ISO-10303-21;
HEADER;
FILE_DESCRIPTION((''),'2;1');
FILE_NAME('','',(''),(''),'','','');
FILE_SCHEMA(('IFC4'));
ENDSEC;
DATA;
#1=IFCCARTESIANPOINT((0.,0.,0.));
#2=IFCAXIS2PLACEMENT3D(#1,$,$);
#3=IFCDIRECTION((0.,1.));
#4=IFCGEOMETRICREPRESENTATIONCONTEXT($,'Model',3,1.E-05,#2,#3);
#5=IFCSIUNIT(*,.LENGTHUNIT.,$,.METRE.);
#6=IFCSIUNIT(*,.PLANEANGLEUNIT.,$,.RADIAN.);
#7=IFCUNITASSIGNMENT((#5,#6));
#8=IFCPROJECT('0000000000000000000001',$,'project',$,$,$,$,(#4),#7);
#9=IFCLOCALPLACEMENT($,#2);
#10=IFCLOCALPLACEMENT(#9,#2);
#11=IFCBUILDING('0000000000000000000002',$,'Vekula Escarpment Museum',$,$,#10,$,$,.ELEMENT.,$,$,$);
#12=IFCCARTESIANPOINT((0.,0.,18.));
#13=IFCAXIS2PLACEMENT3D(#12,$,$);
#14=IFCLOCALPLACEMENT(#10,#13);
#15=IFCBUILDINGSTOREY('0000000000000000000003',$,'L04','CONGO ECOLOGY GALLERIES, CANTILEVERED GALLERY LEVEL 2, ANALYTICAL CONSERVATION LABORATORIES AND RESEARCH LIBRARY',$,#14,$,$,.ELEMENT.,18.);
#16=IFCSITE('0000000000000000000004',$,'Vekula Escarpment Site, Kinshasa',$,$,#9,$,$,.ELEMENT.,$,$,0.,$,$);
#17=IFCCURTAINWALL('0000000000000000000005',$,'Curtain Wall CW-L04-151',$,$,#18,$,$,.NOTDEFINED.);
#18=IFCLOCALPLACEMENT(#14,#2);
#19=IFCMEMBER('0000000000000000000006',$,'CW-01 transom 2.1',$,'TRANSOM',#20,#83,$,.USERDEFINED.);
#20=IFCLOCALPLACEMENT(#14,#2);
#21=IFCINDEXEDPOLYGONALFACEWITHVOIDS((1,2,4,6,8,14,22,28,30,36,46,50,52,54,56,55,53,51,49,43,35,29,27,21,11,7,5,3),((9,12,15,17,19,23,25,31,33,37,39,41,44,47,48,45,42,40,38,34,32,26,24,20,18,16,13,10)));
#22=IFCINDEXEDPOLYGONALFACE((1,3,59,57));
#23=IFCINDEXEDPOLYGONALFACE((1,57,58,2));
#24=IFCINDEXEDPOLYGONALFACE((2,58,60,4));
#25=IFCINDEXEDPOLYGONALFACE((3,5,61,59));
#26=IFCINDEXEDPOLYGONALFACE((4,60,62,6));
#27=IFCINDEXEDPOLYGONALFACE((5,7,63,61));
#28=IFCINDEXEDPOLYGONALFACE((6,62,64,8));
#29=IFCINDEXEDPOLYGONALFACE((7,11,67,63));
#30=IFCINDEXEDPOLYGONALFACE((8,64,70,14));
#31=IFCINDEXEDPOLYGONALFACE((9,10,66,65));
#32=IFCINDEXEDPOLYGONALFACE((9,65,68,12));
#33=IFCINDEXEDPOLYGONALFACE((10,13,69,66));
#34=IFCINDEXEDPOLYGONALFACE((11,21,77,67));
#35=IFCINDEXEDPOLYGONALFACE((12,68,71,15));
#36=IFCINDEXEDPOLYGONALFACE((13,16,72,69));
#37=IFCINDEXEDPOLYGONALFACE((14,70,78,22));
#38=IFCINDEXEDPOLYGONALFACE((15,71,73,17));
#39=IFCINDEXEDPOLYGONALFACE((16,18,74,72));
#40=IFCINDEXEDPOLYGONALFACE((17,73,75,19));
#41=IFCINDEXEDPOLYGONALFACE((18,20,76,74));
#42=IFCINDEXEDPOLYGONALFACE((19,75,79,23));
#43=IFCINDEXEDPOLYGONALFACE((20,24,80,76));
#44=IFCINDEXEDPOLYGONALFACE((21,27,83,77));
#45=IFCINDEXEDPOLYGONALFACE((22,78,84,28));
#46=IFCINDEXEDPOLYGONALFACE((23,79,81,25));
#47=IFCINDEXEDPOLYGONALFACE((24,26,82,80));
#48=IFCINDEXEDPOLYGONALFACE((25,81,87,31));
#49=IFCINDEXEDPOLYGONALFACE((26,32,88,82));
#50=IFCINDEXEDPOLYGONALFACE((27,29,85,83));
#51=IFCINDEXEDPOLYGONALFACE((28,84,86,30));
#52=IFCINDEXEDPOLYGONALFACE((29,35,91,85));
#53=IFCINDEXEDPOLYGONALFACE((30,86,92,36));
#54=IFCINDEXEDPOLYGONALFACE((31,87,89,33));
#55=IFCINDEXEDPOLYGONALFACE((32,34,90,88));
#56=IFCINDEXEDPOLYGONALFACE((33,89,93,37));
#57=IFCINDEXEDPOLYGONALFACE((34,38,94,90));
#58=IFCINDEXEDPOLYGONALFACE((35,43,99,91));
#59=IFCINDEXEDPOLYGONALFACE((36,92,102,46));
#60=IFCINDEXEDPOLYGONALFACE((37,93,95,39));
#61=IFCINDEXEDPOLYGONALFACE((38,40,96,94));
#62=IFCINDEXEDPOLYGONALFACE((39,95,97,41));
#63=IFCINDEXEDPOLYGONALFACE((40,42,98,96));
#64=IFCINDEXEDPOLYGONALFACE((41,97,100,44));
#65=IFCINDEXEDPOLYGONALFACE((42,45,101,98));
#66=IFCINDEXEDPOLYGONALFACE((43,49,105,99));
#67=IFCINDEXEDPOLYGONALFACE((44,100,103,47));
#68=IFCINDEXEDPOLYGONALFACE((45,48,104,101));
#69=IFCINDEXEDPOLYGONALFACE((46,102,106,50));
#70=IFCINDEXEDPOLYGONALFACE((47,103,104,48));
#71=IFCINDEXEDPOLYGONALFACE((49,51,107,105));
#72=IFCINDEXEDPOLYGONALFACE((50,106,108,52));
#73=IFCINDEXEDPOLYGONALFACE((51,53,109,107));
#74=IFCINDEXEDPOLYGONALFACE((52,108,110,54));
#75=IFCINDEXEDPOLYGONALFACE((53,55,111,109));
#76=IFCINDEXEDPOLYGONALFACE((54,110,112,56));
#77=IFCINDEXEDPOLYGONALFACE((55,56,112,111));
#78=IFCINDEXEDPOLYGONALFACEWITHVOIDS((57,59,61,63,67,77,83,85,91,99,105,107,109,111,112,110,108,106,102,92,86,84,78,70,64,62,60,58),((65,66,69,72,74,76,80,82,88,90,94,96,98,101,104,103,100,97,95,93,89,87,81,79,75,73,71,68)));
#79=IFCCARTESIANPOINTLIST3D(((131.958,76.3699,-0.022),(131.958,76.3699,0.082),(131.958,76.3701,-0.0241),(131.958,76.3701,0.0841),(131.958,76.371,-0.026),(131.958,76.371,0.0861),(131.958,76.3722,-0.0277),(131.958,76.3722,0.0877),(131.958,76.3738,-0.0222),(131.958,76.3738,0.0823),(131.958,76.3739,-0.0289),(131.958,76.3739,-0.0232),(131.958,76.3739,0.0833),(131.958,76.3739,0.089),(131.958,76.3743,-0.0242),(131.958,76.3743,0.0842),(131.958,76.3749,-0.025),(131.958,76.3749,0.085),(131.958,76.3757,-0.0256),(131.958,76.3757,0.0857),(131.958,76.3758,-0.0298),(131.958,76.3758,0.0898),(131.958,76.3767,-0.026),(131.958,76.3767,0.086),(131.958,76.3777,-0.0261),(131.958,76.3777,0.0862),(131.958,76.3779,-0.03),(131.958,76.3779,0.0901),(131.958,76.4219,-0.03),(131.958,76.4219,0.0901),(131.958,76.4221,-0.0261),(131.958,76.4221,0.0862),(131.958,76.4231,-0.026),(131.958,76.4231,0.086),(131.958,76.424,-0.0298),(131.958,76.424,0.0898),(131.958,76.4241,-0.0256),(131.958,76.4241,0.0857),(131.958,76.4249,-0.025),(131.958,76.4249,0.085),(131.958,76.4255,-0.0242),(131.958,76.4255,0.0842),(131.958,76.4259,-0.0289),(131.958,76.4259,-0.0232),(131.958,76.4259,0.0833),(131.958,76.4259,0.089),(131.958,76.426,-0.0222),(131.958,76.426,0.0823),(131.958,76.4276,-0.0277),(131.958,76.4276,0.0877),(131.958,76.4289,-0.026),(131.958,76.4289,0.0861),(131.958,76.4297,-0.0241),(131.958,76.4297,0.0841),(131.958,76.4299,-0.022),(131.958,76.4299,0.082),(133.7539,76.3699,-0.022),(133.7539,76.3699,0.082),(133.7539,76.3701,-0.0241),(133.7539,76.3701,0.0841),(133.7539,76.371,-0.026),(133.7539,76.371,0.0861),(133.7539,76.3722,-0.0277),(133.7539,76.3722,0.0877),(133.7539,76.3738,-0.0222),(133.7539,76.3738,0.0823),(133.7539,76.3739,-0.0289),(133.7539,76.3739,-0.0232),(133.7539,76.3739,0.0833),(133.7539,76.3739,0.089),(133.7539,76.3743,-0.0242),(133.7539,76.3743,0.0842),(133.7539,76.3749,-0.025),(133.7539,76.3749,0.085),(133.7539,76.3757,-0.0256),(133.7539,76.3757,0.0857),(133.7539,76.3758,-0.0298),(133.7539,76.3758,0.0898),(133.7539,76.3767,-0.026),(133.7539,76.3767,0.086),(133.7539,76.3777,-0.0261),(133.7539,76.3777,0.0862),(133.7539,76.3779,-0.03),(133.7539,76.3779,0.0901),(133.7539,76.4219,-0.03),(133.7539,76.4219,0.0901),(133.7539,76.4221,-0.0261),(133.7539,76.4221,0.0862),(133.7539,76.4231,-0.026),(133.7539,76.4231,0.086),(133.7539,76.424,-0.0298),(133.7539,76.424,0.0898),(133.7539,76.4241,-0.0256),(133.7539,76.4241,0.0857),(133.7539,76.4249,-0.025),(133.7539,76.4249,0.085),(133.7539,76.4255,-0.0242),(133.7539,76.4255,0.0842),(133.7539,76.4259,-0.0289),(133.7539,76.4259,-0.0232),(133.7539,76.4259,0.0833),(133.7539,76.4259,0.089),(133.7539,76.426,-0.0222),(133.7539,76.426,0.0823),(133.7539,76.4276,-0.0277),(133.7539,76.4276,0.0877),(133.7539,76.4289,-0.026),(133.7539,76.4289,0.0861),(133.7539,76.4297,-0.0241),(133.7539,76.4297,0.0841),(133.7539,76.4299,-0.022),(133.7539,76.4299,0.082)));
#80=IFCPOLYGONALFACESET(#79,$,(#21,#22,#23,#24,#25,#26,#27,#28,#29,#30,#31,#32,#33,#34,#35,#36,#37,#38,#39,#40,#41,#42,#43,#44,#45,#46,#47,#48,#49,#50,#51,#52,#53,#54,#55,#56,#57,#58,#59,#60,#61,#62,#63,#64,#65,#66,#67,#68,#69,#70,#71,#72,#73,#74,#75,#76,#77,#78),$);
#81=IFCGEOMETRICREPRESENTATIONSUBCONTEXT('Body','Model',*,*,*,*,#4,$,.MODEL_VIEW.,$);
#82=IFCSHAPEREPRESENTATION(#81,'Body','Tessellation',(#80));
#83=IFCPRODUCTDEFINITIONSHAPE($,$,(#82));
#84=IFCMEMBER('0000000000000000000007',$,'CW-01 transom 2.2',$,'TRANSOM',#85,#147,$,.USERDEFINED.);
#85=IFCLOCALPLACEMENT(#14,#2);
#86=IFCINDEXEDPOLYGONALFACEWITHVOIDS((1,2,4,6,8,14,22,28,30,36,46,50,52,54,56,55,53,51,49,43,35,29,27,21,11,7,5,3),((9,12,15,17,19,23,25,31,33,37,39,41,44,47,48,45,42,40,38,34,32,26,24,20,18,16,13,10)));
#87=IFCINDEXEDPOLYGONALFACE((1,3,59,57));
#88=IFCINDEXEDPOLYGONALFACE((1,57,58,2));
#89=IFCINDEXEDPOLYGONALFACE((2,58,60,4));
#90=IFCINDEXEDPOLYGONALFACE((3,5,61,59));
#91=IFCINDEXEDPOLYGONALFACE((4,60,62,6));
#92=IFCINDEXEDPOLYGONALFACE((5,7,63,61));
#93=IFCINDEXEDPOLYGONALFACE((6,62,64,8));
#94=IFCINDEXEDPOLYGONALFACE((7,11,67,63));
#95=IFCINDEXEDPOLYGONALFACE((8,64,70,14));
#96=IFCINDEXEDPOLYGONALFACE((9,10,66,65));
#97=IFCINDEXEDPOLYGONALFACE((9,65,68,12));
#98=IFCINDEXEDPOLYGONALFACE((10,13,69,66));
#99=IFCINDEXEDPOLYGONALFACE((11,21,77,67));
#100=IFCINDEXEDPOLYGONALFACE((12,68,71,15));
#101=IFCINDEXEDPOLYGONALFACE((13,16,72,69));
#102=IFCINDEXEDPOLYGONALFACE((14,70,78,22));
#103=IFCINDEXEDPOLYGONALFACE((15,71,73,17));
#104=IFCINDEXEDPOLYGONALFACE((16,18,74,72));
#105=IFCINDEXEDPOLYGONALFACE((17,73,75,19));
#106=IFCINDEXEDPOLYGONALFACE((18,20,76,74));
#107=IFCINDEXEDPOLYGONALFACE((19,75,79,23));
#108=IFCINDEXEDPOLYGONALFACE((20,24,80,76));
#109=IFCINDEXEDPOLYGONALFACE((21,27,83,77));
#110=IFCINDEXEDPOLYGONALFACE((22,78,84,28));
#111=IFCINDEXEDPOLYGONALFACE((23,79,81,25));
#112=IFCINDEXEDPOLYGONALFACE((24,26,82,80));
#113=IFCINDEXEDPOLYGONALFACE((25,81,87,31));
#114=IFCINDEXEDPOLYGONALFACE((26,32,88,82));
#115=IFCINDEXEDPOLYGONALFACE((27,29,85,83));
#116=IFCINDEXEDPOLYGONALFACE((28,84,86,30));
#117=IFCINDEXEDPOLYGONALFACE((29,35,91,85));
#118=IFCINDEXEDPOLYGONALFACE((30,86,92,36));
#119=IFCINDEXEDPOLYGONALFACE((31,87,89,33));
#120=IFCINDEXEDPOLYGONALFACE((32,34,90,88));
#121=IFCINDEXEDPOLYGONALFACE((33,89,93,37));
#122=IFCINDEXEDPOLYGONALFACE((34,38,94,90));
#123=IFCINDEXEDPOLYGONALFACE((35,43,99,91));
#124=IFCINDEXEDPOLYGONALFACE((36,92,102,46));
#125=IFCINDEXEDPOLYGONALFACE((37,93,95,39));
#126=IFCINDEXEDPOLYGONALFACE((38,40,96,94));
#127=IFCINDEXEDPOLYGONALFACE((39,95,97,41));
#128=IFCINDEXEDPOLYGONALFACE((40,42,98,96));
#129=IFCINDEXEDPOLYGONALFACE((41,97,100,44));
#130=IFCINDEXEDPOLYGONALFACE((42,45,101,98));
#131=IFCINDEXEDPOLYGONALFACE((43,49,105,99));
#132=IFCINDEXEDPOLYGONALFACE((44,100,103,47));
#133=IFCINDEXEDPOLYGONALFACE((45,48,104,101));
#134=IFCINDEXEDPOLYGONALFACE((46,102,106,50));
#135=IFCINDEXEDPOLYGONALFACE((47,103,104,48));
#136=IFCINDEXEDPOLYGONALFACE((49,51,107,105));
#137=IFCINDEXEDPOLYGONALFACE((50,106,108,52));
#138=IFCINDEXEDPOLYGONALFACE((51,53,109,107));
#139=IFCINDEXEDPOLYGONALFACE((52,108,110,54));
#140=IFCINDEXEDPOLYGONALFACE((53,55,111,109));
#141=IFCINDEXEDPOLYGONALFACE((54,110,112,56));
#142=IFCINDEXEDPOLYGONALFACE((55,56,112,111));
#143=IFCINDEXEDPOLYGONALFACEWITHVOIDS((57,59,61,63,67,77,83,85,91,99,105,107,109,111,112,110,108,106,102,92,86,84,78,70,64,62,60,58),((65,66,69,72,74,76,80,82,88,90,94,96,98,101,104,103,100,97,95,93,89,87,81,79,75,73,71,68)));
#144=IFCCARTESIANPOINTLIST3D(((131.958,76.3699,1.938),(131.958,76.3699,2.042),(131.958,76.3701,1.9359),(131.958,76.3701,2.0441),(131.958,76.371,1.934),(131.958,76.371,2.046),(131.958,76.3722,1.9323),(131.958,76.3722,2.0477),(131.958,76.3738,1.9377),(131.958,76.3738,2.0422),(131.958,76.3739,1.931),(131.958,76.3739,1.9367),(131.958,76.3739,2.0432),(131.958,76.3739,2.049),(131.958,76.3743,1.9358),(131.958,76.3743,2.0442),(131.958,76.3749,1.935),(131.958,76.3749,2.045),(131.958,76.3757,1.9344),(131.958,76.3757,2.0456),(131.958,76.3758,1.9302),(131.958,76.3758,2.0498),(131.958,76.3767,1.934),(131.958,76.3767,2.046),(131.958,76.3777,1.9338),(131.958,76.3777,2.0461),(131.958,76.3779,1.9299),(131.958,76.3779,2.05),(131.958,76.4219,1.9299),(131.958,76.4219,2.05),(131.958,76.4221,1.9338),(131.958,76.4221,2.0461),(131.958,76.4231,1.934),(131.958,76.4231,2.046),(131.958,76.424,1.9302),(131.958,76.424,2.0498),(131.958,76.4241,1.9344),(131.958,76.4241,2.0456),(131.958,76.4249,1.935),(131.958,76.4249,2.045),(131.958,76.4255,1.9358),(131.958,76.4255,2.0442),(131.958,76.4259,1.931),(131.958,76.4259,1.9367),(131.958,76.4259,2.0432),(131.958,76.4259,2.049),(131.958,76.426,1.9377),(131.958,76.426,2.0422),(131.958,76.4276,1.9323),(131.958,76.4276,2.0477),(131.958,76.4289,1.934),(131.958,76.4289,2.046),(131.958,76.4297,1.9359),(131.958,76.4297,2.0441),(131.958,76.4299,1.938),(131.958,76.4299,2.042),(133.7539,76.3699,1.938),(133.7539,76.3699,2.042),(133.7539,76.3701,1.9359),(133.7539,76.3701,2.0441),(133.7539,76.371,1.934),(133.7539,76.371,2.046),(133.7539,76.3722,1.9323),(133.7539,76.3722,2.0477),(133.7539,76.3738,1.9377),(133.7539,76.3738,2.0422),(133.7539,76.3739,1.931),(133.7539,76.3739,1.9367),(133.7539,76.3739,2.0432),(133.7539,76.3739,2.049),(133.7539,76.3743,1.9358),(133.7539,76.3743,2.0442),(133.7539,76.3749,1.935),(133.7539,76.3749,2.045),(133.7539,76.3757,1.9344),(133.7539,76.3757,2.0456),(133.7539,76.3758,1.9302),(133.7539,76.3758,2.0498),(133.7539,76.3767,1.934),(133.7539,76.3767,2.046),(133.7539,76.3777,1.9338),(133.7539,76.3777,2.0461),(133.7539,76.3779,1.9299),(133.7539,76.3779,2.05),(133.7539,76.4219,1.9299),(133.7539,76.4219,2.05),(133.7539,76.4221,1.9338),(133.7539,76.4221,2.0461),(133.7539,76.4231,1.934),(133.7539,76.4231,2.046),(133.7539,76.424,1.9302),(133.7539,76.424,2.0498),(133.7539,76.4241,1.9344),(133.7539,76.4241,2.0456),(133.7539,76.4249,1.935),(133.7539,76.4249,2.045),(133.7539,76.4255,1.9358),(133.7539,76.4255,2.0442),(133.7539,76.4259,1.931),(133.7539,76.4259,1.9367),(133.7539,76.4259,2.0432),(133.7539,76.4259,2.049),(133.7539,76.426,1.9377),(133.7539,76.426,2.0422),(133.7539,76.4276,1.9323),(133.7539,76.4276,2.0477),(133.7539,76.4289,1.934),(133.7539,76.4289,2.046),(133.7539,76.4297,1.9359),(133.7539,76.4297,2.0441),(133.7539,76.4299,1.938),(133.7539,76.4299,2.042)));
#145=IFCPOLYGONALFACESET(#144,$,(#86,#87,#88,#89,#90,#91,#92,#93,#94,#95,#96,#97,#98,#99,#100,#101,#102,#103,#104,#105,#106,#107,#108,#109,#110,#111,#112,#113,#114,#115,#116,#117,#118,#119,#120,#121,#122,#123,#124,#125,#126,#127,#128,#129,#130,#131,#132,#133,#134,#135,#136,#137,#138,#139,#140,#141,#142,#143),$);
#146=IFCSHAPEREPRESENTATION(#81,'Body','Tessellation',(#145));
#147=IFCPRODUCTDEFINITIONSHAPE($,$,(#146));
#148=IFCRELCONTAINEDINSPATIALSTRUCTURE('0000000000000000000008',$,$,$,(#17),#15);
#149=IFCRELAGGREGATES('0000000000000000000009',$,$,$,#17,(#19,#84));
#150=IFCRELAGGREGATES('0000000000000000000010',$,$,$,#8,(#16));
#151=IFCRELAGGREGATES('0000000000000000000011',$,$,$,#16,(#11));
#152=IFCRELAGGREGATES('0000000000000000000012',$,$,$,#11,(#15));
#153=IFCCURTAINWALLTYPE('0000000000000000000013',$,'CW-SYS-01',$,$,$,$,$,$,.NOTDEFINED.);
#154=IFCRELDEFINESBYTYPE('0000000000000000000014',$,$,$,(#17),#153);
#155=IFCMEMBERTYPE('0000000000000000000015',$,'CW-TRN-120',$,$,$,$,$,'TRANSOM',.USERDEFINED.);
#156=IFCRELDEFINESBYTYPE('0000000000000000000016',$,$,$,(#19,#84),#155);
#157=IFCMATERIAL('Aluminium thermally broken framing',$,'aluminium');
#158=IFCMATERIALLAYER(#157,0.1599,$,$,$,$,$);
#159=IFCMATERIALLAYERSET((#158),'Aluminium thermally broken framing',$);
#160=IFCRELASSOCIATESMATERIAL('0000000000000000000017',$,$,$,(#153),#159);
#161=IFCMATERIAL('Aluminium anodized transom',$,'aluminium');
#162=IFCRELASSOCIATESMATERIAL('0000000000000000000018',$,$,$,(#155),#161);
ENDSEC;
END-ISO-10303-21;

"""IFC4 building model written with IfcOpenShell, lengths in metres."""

from ifc_helpers import new_model, si_unit, direction, frame, origin, origin_2d, place, context, subcontext, project, spatial, hollow_rectangle, extrude, material, layer, layer_set, material_profile, profile_set, type_object, element, aggregate, save


model = new_model("IFC4")

# Units and contexts
model_context = context("Model", 3, precision=1e-05, world=origin(), true_north=direction((0.0, 1.0)))
body_context = subcontext(model_context, "Body", "Model", "MODEL_VIEW")
ifc_project = project(units=[si_unit("LENGTHUNIT", "METRE"), si_unit("PLANEANGLEUNIT", "RADIAN")], contexts=[model_context])

# Site, building, storey
site_placement = place(None, origin())
site = spatial("IfcSite", under=ifc_project, at=site_placement, Name="Vekula Escarpment Site, Kinshasa", CompositionType="ELEMENT", RefElevation=0.0)
building_placement = place(site_placement, origin())
building = spatial("IfcBuilding", under=site, at=building_placement, Name="Vekula Escarpment Museum", CompositionType="ELEMENT")
storey_placement = place(building_placement, frame((0.0, 0.0, 18.0)))
storey = spatial("IfcBuildingStorey", under=building, at=storey_placement, Name="L04", Description="CONGO ECOLOGY GALLERIES, CANTILEVERED GALLERY LEVEL 2, ANALYTICAL CONSERVATION LABORATORIES AND RESEARCH LIBRARY", CompositionType="ELEMENT", Elevation=18.0)

# Curtain wall
ifc_material_1 = material(Name="Aluminium thermally broken framing", Category="aluminium")
ifc_layer_1 = layer(ifc_material_1, 0.1599)
ifc_layer_set_1 = layer_set([ifc_layer_1], Name="Aluminium thermally broken framing")
curtain_wall_type_1 = type_object("IfcCurtainWallType", Name="CW-SYS-01", PredefinedType="NOTDEFINED", material=ifc_layer_set_1)
curtain_wall_1_placement = place(storey_placement, origin())
curtain_wall_1 = element("IfcCurtainWall", 1, at=curtain_wall_1_placement, inside=storey, type_object=curtain_wall_type_1, Name="Curtain Wall CW-L04-151", PredefinedType="NOTDEFINED")

# Members
ifc_material_2 = material(Name="Aluminium anodized transom", Category="aluminium")
ifc_material_profile_1 = material_profile(ifc_material_2, hollow_rectangle(XDim=0.0601, YDim=0.1201, WallThickness=0.0039, InnerFilletRadius=0.0039, OuterFilletRadius=0.0081, at=origin_2d()), Name="ALU 120x60x4")
ifc_profile_set_1 = profile_set([ifc_material_profile_1], Name="Aluminium anodized transom")
member_type_1 = type_object("IfcMemberType", Name="CW-TRN-120", ElementType="TRANSOM", PredefinedType="USERDEFINED", material=ifc_profile_set_1)
member_1_placement = place(storey_placement, frame((133.7539, 76.3999, 0.03), z_axis=(-1.0, 0.0, 0.0), x_axis=(0.0, -1.0, 0.0)))
member_1 = element("IfcMember", 2, at=member_1_placement, type_object=member_type_1, Name="CW-01 transom 2.1", ObjectType="TRANSOM", PredefinedType="USERDEFINED", context=body_context, shape_type="SweptSolid", body=[
    extrude(hollow_rectangle(XDim=0.0601, YDim=0.1201, WallThickness=0.0039, InnerFilletRadius=0.0039, OuterFilletRadius=0.0081, at=origin_2d()), origin(), (0.0, 0.0, 1.0), 1.7959),
])
member_2_placement = place(storey_placement, frame((133.7539, 76.3999, 1.99), z_axis=(-1.0, 0.0, 0.0), x_axis=(0.0, -1.0, 0.0)))
member_2 = element("IfcMember", 3, at=member_2_placement, type_object=member_type_1, Name="CW-01 transom 2.2", ObjectType="TRANSOM", PredefinedType="USERDEFINED", context=body_context, shape_type="SweptSolid", body=[
    extrude(hollow_rectangle(XDim=0.0601, YDim=0.1201, WallThickness=0.0039, InnerFilletRadius=0.0039, OuterFilletRadius=0.0081, at=origin_2d()), origin(), (0.0, 0.0, 1.0), 1.7959),
])

aggregate(curtain_wall_1, [member_1, member_2])

save(model, "model.ifc")
